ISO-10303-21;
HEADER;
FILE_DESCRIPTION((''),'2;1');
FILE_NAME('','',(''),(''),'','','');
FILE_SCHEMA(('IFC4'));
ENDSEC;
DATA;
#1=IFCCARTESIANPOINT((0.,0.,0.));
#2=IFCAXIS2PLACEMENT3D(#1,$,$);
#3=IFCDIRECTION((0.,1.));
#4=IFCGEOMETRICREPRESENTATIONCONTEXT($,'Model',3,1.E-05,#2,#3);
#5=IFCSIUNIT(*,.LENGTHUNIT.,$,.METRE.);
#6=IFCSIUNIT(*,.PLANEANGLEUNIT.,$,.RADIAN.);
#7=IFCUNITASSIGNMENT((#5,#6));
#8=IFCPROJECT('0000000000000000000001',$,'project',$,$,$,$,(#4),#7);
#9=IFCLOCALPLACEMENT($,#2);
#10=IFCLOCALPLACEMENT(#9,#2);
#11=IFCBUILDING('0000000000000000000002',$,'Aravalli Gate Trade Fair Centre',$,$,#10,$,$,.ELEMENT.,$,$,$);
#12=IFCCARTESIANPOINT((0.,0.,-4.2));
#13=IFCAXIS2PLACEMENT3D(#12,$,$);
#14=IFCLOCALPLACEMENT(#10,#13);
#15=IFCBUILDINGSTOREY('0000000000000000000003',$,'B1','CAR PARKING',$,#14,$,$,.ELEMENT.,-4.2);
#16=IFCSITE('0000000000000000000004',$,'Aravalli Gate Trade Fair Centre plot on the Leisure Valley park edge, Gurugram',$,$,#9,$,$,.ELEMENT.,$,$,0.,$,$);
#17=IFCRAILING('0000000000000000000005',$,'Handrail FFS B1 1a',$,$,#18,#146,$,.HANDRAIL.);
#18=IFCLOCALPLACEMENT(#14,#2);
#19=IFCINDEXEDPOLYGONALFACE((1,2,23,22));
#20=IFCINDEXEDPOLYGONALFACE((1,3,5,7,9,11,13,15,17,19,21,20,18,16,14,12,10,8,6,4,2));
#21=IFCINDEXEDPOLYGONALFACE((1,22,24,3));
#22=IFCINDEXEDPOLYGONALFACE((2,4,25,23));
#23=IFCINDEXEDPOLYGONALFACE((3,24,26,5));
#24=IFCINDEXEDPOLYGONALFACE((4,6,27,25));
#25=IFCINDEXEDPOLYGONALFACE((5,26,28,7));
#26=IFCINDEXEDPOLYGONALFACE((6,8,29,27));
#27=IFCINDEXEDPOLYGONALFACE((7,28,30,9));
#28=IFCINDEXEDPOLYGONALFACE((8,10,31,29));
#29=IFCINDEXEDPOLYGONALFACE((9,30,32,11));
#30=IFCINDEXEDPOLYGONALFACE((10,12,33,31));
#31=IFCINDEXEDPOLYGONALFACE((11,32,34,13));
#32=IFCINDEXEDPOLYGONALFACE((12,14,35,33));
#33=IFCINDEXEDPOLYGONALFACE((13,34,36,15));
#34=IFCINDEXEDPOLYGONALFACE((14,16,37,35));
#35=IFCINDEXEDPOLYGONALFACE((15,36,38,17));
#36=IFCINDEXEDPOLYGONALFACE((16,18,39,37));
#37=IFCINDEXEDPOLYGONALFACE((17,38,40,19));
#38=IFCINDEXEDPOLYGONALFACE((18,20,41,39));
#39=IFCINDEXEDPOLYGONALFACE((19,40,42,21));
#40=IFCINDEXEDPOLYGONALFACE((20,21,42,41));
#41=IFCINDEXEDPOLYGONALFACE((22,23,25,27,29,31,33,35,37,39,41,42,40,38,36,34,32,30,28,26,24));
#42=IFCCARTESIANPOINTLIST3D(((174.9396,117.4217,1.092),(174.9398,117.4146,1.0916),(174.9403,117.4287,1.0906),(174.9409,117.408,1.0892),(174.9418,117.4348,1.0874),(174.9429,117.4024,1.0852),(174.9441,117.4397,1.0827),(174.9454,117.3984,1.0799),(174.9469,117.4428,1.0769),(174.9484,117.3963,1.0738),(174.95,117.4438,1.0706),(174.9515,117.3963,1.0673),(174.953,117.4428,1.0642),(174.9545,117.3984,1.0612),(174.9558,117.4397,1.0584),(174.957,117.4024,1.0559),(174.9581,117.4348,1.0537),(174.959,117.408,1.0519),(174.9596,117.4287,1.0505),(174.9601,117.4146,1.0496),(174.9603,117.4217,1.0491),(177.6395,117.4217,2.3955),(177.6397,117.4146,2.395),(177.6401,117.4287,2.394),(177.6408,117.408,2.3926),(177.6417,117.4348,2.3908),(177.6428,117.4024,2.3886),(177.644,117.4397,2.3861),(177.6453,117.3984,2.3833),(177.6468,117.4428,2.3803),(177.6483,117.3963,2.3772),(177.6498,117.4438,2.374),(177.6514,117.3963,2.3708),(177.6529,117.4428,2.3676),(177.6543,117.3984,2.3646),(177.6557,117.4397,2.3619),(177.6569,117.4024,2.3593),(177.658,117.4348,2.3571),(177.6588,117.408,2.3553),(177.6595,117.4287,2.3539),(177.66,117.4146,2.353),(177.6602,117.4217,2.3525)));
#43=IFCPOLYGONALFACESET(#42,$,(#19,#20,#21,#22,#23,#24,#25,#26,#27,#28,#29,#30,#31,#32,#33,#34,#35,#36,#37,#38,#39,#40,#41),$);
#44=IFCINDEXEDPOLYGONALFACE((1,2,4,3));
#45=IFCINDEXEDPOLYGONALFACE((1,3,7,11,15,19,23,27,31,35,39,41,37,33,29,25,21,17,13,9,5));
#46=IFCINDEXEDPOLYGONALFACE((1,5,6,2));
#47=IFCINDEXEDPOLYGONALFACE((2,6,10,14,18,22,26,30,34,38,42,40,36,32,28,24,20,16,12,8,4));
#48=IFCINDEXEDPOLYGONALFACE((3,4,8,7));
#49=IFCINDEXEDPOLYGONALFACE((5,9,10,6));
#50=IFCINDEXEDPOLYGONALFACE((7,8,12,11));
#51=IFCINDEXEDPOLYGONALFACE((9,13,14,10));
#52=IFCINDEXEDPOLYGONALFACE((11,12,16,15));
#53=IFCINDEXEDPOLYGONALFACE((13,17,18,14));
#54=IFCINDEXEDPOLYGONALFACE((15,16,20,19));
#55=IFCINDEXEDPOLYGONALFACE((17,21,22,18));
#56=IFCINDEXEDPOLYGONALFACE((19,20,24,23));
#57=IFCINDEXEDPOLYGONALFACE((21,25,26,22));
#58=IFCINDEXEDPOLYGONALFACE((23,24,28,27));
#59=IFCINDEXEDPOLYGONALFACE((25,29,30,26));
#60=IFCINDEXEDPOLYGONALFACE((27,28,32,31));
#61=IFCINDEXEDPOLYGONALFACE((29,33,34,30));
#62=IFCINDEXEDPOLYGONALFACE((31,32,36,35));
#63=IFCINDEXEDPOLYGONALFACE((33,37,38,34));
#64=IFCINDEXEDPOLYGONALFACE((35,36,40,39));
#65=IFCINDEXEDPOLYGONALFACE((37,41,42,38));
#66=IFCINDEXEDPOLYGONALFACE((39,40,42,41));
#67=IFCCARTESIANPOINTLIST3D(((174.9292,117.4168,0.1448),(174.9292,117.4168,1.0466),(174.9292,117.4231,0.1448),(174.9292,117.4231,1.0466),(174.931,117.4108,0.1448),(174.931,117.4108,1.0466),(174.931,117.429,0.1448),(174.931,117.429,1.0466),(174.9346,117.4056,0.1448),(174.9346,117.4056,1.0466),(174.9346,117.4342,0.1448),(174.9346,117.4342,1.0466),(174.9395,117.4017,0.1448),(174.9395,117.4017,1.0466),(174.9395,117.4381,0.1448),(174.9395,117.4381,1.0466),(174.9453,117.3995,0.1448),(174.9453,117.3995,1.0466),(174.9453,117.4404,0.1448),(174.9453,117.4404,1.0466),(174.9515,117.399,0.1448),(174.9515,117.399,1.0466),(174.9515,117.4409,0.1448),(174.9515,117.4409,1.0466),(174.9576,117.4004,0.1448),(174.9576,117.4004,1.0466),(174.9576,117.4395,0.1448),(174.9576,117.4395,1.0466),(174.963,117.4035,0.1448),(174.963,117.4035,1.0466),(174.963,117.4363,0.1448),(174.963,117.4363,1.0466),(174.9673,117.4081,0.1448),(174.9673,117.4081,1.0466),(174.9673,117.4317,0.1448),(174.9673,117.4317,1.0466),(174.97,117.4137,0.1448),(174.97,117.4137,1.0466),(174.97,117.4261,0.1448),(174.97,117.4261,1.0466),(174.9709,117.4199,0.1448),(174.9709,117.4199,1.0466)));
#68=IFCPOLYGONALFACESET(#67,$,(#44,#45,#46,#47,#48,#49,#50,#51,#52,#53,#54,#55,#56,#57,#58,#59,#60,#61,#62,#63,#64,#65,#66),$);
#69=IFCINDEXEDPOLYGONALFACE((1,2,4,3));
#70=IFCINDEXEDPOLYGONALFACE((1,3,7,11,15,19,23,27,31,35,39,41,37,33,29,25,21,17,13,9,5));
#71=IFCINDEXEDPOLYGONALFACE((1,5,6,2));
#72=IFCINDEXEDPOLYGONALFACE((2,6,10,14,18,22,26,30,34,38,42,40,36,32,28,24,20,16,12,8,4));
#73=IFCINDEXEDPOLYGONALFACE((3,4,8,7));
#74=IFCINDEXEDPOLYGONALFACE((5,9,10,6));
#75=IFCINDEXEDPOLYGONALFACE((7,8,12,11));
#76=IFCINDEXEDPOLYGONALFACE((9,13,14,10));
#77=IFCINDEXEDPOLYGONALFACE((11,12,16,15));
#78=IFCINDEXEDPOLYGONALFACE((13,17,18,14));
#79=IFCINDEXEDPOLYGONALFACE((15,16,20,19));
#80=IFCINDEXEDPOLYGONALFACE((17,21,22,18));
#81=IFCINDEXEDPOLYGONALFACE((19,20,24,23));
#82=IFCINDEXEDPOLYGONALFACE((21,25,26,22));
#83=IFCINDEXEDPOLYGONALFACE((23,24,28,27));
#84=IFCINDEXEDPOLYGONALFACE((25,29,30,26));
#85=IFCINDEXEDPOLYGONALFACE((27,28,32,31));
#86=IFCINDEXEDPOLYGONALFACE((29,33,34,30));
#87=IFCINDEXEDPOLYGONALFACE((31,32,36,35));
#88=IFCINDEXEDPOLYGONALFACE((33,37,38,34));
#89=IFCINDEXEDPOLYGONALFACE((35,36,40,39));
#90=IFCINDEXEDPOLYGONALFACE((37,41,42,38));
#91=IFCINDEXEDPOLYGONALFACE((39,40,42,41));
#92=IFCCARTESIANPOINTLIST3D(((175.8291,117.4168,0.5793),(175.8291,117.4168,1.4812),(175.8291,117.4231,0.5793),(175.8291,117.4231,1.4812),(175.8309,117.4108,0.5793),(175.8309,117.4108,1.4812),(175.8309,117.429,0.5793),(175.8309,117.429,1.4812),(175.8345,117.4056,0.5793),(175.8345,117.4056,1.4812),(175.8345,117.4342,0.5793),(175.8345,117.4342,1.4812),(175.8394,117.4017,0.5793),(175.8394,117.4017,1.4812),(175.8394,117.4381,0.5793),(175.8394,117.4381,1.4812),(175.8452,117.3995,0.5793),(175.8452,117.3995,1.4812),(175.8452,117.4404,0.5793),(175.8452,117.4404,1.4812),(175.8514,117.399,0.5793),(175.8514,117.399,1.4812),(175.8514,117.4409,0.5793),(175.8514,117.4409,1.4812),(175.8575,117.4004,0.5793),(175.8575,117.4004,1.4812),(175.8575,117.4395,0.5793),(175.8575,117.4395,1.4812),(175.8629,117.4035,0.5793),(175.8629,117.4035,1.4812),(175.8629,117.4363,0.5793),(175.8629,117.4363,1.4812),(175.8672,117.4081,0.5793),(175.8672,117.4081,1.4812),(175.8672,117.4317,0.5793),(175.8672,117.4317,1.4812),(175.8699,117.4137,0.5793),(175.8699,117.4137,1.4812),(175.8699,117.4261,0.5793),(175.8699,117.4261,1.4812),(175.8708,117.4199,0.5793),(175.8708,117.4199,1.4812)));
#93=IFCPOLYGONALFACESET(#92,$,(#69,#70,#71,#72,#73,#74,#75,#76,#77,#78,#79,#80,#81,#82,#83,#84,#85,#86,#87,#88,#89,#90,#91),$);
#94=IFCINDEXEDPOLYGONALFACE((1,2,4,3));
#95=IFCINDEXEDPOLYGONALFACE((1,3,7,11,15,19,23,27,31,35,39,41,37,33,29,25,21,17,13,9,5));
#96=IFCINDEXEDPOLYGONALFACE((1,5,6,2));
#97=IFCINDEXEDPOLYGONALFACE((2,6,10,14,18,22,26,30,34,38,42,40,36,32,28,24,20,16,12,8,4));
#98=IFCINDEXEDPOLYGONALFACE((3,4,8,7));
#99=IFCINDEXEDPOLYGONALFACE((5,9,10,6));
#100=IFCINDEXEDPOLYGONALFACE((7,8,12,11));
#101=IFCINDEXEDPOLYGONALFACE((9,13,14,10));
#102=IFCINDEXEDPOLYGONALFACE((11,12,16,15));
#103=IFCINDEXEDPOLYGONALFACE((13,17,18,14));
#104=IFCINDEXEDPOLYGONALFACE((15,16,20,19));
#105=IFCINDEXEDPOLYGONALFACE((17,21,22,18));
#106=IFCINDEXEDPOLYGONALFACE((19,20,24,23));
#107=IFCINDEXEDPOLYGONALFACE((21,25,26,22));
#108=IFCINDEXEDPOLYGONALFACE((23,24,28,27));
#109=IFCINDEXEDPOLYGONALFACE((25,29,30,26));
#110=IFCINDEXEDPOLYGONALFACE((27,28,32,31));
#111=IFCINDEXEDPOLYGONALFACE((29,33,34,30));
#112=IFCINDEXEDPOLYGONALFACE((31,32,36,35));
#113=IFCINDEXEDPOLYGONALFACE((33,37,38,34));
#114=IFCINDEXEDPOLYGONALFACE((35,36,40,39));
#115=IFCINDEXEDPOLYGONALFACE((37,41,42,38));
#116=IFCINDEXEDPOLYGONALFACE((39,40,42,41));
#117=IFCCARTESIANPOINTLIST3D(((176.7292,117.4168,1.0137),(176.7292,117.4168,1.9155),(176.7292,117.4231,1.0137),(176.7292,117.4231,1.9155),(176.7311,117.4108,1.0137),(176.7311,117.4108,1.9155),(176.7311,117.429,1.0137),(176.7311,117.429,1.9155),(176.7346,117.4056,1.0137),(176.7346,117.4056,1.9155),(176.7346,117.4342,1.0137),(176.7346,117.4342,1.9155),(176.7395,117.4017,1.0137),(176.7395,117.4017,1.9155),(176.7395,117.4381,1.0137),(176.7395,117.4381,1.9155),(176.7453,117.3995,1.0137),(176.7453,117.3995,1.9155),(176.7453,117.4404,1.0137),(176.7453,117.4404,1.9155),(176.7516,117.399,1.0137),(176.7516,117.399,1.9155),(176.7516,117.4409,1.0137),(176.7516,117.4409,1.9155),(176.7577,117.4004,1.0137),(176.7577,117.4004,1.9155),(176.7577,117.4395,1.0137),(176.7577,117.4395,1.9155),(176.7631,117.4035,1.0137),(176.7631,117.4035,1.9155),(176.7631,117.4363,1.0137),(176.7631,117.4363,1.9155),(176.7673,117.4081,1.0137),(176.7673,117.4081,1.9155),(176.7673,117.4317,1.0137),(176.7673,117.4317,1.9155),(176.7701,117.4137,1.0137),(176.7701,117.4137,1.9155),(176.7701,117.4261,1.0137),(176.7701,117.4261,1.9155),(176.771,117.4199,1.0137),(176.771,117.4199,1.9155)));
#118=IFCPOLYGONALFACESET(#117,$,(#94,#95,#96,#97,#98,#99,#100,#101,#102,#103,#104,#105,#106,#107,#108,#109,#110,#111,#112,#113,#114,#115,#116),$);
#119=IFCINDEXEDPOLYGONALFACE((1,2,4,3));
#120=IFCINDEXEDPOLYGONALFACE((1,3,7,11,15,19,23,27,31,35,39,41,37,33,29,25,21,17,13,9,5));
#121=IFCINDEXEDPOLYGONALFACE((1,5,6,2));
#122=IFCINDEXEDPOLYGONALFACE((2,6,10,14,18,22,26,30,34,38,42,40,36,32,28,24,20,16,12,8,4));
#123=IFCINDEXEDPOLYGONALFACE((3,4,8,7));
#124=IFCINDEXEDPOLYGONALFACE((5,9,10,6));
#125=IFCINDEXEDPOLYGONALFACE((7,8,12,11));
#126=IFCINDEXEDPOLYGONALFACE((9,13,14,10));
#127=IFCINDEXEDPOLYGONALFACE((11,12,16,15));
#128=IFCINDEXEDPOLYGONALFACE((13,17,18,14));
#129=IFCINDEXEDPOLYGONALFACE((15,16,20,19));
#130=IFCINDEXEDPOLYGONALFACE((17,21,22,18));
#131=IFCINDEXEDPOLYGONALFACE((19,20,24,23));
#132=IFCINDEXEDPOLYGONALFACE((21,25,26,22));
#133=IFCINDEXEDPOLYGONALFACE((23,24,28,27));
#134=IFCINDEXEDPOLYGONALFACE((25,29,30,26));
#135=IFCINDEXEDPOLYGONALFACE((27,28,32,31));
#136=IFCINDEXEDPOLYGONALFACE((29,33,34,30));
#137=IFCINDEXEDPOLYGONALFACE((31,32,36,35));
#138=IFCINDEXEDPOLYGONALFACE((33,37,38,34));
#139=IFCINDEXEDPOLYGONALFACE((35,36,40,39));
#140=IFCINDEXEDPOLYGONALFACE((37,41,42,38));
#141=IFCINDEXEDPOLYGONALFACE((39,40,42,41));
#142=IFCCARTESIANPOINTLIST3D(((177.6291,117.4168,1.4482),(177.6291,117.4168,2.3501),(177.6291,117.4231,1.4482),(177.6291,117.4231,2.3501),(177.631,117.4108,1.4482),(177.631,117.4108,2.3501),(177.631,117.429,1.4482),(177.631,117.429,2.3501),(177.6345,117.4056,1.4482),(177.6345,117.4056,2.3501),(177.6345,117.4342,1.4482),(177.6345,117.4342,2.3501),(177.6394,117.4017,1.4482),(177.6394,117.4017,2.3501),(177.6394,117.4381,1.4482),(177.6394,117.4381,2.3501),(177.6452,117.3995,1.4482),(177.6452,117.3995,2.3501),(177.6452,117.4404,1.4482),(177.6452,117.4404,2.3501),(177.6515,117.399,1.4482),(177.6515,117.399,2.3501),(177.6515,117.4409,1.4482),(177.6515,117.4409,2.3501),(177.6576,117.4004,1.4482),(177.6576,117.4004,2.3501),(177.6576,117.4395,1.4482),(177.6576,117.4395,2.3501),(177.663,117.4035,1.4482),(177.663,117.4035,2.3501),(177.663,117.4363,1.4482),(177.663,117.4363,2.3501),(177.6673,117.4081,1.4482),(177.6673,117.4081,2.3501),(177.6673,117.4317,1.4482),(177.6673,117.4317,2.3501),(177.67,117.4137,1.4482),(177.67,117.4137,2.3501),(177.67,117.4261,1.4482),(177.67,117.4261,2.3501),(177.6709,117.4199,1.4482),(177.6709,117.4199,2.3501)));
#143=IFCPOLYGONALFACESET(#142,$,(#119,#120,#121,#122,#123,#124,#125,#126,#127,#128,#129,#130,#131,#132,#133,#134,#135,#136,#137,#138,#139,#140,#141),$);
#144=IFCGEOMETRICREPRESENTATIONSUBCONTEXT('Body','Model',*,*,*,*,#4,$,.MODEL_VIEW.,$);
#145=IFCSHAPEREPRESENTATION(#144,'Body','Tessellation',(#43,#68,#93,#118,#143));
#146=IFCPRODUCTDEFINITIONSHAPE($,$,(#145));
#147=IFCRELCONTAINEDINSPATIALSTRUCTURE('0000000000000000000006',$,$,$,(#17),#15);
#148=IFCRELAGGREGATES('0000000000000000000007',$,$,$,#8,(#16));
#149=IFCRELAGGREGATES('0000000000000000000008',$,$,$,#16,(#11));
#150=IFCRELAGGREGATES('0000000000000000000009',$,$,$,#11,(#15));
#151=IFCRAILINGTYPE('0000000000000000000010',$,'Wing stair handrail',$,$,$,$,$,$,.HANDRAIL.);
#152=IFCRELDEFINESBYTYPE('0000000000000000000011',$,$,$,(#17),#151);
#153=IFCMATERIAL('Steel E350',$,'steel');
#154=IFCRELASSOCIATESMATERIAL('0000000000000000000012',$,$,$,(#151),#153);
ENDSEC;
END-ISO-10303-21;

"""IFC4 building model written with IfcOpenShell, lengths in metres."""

from ifc_helpers import new_model, si_unit, direction, frame, origin, origin_2d, place, context, subcontext, project, spatial, circle, extrude, material, type_object, element, save


model = new_model("IFC4")

# Units and contexts
model_context = context("Model", 3, precision=1e-05, world=origin(), true_north=direction((0.0, 1.0)))
body_context = subcontext(model_context, "Body", "Model", "MODEL_VIEW")
ifc_project = project(units=[si_unit("LENGTHUNIT", "METRE"), si_unit("PLANEANGLEUNIT", "RADIAN")], contexts=[model_context])

# Site, building, storey
site_placement = place(None, origin())
site = spatial("IfcSite", under=ifc_project, at=site_placement, Name="Aravalli Gate Trade Fair Centre plot on the Leisure Valley park edge, Gurugram", CompositionType="ELEMENT", RefElevation=0.0)
building_placement = place(site_placement, origin())
building = spatial("IfcBuilding", under=site, at=building_placement, Name="Aravalli Gate Trade Fair Centre", CompositionType="ELEMENT")
storey_placement = place(building_placement, frame((0.0, 0.0, -4.2)))
storey = spatial("IfcBuildingStorey", under=building, at=storey_placement, Name="B1", Description="CAR PARKING", CompositionType="ELEMENT", Elevation=-4.2)

# Railing
ifc_material_1 = material(Name="Steel E350", Category="steel")
railing_type_1 = type_object("IfcRailingType", Name="Wing stair handrail", PredefinedType="HANDRAIL", material=ifc_material_1)
railing_1_placement = place(storey_placement, frame((174.95, 117.4199, 0.1448)))
element("IfcRailing", 1, at=railing_1_placement, inside=storey, type_object=railing_type_1, Name="Handrail FFS B1 1a", PredefinedType="HANDRAIL", context=body_context, shape_type="SweptSolid", body=[
    extrude(circle(Radius=0.0239, at=origin_2d()), frame((0.0, 0.0, 0.9258), z_axis=(0.900546, 0.0, 0.43476), x_axis=(0.0, 1.0, 0.0)), (0.0, 0.0, 1.0), 2.998),
    extrude(circle(Radius=0.021, at=origin_2d()), origin(), (0.0, 0.0, 1.0), 0.9019),
    extrude(circle(Radius=0.021, at=origin_2d()), frame((0.8999, 0.0, 0.4346)), (0.0, 0.0, 1.0), 0.9019),
    extrude(circle(Radius=0.021, at=origin_2d()), frame((1.8, 0.0, 0.8689)), (0.0, 0.0, 1.0), 0.9019),
    extrude(circle(Radius=0.021, at=origin_2d()), frame((2.7, 0.0, 1.3035)), (0.0, 0.0, 1.0), 0.9019),
])

save(model, "model.ifc")
